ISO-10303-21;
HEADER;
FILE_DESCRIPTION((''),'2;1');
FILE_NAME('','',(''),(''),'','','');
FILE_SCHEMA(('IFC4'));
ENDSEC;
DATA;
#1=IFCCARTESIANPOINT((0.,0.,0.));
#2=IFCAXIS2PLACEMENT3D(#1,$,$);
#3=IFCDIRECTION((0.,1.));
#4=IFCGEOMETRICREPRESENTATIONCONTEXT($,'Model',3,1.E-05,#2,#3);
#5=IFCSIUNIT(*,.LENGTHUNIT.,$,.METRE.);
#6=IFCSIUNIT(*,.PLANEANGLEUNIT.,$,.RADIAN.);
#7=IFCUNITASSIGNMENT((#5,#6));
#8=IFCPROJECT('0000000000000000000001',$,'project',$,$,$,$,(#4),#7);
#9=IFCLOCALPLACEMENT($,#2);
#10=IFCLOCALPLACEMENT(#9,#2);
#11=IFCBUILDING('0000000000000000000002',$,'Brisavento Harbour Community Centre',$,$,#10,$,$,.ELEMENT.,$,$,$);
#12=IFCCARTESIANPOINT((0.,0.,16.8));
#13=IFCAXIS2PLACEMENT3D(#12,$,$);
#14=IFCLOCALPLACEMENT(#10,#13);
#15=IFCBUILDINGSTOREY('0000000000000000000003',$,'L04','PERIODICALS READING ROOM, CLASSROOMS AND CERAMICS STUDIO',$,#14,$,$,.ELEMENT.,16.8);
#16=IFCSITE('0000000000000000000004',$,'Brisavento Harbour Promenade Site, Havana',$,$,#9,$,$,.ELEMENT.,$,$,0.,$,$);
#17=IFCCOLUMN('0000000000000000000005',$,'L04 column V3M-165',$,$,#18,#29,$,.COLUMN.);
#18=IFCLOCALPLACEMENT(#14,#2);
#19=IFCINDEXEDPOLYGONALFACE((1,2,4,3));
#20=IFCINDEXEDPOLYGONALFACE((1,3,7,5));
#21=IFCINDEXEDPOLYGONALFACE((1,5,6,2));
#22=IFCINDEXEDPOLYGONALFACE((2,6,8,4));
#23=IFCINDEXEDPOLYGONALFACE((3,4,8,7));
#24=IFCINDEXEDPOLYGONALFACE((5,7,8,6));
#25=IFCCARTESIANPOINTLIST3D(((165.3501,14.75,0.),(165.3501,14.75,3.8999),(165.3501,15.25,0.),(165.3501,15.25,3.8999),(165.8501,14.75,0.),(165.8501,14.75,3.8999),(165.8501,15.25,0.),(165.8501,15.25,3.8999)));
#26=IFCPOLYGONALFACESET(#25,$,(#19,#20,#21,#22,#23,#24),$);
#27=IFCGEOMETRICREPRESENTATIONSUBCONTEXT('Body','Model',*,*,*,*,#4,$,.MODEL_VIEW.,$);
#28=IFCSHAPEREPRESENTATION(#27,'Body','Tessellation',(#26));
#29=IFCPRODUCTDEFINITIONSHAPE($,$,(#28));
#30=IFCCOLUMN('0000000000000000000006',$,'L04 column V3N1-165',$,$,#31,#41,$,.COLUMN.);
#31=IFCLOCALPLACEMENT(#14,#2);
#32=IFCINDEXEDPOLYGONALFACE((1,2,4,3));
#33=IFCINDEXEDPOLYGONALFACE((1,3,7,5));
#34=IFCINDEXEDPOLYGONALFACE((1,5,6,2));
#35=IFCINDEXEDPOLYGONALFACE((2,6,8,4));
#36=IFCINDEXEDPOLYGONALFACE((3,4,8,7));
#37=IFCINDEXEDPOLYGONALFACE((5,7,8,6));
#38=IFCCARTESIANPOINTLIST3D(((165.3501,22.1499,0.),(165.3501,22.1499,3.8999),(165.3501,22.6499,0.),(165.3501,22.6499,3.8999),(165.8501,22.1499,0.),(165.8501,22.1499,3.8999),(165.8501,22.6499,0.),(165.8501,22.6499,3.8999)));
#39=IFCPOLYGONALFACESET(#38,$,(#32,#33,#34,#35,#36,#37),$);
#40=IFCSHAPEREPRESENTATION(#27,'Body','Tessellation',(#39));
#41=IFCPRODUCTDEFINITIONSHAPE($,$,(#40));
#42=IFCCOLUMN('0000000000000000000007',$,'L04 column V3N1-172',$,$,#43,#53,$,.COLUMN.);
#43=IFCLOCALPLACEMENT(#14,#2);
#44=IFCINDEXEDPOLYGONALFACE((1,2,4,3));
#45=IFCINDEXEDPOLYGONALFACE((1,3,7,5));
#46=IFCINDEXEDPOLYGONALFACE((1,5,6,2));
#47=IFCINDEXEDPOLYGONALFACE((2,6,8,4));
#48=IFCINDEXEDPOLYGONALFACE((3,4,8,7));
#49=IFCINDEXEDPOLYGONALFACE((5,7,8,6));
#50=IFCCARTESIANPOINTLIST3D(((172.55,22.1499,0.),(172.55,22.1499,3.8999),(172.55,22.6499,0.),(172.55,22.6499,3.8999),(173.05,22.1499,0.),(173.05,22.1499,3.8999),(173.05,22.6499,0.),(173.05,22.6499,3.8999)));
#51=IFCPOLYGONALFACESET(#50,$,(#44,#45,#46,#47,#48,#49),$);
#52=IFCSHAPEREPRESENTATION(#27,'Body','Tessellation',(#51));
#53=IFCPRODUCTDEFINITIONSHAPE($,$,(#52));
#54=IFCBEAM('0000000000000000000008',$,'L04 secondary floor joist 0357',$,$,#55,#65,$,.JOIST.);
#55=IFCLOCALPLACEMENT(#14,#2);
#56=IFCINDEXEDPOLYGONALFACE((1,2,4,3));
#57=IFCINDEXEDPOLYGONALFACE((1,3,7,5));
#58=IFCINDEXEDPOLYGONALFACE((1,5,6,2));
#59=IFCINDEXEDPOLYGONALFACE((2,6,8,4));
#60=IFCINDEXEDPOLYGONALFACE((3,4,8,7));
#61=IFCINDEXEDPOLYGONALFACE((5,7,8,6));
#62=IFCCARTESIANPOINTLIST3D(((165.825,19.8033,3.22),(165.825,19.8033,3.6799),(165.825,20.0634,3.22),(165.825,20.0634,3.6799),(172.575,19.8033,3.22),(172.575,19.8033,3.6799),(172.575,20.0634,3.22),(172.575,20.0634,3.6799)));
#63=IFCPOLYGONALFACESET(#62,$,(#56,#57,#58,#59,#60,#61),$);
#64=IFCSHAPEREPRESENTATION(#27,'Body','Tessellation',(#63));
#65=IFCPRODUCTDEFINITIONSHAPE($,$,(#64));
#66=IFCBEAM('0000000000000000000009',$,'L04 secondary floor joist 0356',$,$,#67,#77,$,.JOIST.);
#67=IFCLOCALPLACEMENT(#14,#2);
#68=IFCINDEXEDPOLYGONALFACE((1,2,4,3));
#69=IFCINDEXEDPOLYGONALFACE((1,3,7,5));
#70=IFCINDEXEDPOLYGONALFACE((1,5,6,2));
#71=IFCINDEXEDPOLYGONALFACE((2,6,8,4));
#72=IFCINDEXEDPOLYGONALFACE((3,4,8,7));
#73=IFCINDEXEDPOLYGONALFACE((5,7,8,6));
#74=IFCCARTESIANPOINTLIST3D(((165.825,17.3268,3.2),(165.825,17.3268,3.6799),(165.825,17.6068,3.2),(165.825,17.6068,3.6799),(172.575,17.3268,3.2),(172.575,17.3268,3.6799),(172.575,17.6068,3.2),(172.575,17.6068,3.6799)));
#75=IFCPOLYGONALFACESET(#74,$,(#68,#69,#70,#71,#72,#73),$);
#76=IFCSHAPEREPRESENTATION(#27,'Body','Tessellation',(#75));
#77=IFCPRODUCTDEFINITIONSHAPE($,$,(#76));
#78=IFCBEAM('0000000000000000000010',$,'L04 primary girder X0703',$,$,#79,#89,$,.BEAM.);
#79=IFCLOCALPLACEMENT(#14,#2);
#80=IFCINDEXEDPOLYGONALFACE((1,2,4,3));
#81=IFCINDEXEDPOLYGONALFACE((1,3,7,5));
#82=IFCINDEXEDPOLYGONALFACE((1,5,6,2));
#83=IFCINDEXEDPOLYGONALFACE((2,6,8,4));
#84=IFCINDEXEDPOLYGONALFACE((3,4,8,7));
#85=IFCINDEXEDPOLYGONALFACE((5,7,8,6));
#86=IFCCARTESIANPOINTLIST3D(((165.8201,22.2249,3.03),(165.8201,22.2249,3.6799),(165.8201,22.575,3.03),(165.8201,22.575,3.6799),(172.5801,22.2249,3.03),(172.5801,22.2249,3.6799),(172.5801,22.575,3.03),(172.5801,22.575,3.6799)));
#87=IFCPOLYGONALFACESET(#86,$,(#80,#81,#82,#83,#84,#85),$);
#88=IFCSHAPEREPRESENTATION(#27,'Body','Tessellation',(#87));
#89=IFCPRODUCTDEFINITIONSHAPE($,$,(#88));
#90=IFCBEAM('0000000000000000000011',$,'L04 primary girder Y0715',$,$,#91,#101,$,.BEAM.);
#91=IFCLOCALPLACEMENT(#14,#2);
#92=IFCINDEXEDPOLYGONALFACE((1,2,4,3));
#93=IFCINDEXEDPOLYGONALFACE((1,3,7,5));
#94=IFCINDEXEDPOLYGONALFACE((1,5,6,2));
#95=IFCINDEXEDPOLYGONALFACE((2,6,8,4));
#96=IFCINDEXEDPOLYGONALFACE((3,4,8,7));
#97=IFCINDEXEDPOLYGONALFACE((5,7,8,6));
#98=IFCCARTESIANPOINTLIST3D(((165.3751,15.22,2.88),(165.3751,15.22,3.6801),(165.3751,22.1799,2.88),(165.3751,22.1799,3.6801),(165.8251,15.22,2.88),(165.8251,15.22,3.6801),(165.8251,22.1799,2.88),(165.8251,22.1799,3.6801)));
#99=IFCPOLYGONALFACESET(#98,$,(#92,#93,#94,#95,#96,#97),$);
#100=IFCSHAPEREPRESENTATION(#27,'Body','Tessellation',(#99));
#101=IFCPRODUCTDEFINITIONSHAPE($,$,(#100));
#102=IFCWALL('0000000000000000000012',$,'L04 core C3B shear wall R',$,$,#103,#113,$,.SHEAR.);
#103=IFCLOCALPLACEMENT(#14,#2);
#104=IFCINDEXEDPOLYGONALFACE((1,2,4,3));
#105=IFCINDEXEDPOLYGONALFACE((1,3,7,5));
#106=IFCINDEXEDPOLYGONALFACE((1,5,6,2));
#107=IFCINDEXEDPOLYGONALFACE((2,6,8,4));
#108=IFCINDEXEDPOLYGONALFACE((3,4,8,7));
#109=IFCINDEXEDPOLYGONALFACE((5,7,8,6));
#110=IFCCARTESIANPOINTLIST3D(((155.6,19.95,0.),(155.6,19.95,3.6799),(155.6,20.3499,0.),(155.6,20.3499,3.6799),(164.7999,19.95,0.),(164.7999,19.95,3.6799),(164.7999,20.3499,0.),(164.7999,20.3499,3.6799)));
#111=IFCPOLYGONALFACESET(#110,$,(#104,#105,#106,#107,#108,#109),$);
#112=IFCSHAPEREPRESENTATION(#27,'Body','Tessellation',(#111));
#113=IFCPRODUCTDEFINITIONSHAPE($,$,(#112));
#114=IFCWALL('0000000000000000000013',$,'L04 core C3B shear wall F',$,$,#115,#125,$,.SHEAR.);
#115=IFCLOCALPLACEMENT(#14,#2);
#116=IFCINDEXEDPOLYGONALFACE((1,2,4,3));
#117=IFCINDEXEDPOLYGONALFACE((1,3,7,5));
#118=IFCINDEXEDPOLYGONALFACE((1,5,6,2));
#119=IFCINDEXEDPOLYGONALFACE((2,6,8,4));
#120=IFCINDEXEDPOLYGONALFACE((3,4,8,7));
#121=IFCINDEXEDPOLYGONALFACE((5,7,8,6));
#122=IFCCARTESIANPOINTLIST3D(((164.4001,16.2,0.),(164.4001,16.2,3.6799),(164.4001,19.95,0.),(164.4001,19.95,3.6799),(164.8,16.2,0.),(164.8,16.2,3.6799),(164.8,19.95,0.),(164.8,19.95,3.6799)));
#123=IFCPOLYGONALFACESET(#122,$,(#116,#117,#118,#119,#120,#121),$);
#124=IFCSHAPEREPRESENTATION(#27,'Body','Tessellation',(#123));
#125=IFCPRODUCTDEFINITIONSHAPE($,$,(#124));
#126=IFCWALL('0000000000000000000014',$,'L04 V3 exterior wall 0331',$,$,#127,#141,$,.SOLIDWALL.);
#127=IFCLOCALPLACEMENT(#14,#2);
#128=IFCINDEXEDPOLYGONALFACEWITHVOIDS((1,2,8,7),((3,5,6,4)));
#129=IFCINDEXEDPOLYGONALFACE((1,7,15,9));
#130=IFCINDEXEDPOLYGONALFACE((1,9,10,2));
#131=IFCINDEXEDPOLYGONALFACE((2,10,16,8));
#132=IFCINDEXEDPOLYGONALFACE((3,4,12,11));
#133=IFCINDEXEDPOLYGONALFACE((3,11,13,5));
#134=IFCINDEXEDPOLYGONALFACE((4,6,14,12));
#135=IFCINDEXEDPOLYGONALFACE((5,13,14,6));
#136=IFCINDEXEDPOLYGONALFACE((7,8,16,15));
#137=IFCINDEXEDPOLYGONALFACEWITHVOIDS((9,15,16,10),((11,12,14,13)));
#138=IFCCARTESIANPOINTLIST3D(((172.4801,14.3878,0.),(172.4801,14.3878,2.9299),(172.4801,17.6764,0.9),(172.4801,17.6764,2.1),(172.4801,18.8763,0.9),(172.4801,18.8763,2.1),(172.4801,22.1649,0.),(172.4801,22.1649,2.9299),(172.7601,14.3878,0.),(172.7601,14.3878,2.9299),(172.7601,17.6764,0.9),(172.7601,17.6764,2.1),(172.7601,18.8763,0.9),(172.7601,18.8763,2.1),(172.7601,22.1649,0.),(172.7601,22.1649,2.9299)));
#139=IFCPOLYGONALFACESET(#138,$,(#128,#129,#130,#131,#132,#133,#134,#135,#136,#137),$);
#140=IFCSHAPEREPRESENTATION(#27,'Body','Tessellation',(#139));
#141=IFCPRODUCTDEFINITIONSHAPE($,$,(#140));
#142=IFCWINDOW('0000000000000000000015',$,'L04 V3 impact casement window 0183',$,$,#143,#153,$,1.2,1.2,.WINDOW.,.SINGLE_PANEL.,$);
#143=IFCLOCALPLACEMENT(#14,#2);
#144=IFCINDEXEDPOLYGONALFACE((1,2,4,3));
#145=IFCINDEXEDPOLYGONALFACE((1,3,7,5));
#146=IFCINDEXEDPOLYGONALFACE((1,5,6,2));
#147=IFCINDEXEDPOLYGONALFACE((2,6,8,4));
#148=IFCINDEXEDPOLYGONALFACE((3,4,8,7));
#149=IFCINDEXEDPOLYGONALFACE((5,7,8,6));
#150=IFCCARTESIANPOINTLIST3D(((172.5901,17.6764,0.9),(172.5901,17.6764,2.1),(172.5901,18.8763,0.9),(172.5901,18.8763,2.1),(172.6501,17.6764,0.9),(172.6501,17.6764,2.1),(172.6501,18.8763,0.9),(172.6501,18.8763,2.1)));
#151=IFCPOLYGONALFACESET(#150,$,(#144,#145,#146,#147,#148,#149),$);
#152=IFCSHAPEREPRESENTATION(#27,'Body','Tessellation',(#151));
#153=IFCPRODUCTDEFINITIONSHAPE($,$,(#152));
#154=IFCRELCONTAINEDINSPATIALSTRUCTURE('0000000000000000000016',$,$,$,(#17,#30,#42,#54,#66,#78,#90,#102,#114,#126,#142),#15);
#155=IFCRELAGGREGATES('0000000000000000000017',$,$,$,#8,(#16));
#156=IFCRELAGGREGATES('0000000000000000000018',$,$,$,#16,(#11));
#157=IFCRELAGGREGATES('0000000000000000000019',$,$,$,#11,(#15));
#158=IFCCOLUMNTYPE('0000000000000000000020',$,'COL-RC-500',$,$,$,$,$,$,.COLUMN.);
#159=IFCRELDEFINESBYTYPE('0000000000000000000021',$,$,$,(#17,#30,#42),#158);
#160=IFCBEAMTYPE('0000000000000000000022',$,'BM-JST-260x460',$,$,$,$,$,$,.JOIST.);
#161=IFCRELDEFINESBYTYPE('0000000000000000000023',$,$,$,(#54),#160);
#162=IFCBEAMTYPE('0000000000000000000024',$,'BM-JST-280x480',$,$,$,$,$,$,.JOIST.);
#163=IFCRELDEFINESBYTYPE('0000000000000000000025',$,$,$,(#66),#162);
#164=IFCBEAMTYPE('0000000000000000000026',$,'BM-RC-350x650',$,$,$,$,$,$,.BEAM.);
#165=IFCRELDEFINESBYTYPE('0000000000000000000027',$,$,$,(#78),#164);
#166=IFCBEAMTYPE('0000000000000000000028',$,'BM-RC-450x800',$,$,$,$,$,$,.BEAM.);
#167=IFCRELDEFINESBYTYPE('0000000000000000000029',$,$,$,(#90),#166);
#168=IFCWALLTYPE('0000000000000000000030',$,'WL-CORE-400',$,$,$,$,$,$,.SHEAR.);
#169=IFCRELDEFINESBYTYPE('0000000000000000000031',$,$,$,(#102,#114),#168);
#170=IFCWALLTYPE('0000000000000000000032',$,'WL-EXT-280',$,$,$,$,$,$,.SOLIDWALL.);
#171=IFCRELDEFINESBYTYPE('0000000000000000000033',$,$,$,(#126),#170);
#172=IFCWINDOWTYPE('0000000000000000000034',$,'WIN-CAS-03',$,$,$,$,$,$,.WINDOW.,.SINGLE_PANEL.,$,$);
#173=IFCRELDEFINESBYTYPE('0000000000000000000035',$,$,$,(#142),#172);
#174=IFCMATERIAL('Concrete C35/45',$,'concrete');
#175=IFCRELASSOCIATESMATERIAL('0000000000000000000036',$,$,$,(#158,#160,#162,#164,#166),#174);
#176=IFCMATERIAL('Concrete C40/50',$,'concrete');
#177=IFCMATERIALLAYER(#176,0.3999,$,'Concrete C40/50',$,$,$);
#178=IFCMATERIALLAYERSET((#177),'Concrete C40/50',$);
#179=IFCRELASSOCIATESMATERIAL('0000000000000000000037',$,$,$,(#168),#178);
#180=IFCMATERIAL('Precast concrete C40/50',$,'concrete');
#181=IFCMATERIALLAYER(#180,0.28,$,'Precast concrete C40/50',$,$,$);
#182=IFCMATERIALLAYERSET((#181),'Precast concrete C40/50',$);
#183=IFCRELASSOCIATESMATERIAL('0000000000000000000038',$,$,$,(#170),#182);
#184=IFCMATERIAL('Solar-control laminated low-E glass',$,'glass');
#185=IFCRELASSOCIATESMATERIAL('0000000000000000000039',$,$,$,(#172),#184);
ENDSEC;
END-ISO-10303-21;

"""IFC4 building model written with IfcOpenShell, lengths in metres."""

from ifc_helpers import new_model, si_unit, direction, frame, frame_2d, origin, origin_2d, place, context, subcontext, project, spatial, rectangle, extrude, material, layer, layer_set, material_profile, profile_set, type_object, element, fill, save


model = new_model("IFC4")

# Units and contexts
model_context = context("Model", 3, precision=1e-05, world=origin(), true_north=direction((0.0, 1.0)))
body_context = subcontext(model_context, "Body", "Model", "MODEL_VIEW")
ifc_project = project(units=[si_unit("LENGTHUNIT", "METRE"), si_unit("PLANEANGLEUNIT", "RADIAN")], contexts=[model_context])

# Site, building, storey
site_placement = place(None, origin())
site = spatial("IfcSite", under=ifc_project, at=site_placement, Name="Brisavento Harbour Promenade Site, Havana", CompositionType="ELEMENT", RefElevation=0.0)
building_placement = place(site_placement, origin())
building = spatial("IfcBuilding", under=site, at=building_placement, Name="Brisavento Harbour Community Centre", CompositionType="ELEMENT")
storey_placement = place(building_placement, frame((0.0, 0.0, 16.8)))
storey = spatial("IfcBuildingStorey", under=building, at=storey_placement, Name="L04", Description="PERIODICALS READING ROOM, CLASSROOMS AND CERAMICS STUDIO", CompositionType="ELEMENT", Elevation=16.8)

# Columns
ifc_material_1 = material(Name="Concrete C35/45", Category="concrete")
ifc_material_profile_1 = material_profile(ifc_material_1, rectangle(XDim=0.5, YDim=0.5, at=origin_2d()), Name="Concrete C35/45")
ifc_profile_set_1 = profile_set([ifc_material_profile_1], Name="Concrete C35/45")
column_type = type_object("IfcColumnType", Name="COL-RC-500", PredefinedType="COLUMN", material=ifc_profile_set_1)
for number, where, z_axis, x_axis, name in (
    (1, (165.6001, 15.0, 0.0), (0.0, 0.0, 1.0), (1.0, 0.0, 0.0), "L04 column V3M-165"),
    (2, (165.6001, 22.3999, 0.0), (0.0, 0.0, 1.0), (1.0, 0.0, 0.0), "L04 column V3N1-165"),
    (3, (172.8, 22.3999, 0.0), (0.0, 0.0, 1.0), (1.0, 0.0, 0.0), "L04 column V3N1-172"),
):
    element("IfcColumn", number, at=place(storey_placement, frame(where, z_axis=z_axis, x_axis=x_axis)), inside=storey, type_object=column_type, Name=name, PredefinedType="COLUMN", context=body_context, shape_type="SweptSolid", body=[
        extrude(rectangle(XDim=0.5, YDim=0.5, at=origin_2d()), origin(), (0.0, 0.0, 1.0), 3.8999),
    ])

# Beams
ifc_material_profile_2 = material_profile(ifc_material_1, rectangle(XDim=0.26, YDim=0.46, at=origin_2d()), Name="Concrete C35/45")
ifc_profile_set_2 = profile_set([ifc_material_profile_2], Name="Concrete C35/45")
beam_type_1 = type_object("IfcBeamType", Name="BM-JST-260x460", PredefinedType="JOIST", material=ifc_profile_set_2)
beam_1_placement = place(storey_placement, frame((165.825, 19.9333, 3.45), z_axis=(1.0, 0.0, 0.0), x_axis=(0.0, 1.0, 0.0)))
element("IfcBeam", 4, at=beam_1_placement, inside=storey, type_object=beam_type_1, Name="L04 secondary floor joist 0357", PredefinedType="JOIST", context=body_context, shape_type="SweptSolid", body=[
    extrude(rectangle(XDim=0.26, YDim=0.46, at=origin_2d()), origin(), (0.0, 0.0, 1.0), 6.75),
])
ifc_material_profile_3 = material_profile(ifc_material_1, rectangle(XDim=0.28, YDim=0.48, at=origin_2d()), Name="Concrete C35/45")
ifc_profile_set_3 = profile_set([ifc_material_profile_3], Name="Concrete C35/45")
beam_type_2 = type_object("IfcBeamType", Name="BM-JST-280x480", PredefinedType="JOIST", material=ifc_profile_set_3)
beam_2_placement = place(storey_placement, frame((165.825, 17.4668, 3.4399), z_axis=(1.0, 0.0, 0.0), x_axis=(0.0, 1.0, 0.0)))
element("IfcBeam", 5, at=beam_2_placement, inside=storey, type_object=beam_type_2, Name="L04 secondary floor joist 0356", PredefinedType="JOIST", context=body_context, shape_type="SweptSolid", body=[
    extrude(rectangle(XDim=0.28, YDim=0.48, at=origin_2d()), origin(), (0.0, 0.0, 1.0), 6.75),
])
ifc_material_profile_4 = material_profile(ifc_material_1, rectangle(XDim=0.3501, YDim=0.6499, at=origin_2d()), Name="Concrete C35/45")
ifc_profile_set_4 = profile_set([ifc_material_profile_4], Name="Concrete C35/45")
beam_type_3 = type_object("IfcBeamType", Name="BM-RC-350x650", PredefinedType="BEAM", material=ifc_profile_set_4)
beam_3_placement = place(storey_placement, frame((165.8201, 22.3999, 3.355), z_axis=(1.0, 0.0, 0.0), x_axis=(0.0, 1.0, 0.0)))
element("IfcBeam", 6, at=beam_3_placement, inside=storey, type_object=beam_type_3, Name="L04 primary girder X0703", PredefinedType="BEAM", context=body_context, shape_type="SweptSolid", body=[
    extrude(rectangle(XDim=0.3501, YDim=0.6499, at=origin_2d()), origin(), (0.0, 0.0, 1.0), 6.76),
])
ifc_material_profile_5 = material_profile(ifc_material_1, rectangle(XDim=0.45, YDim=0.8, at=origin_2d()), Name="Concrete C35/45")
ifc_profile_set_5 = profile_set([ifc_material_profile_5], Name="Concrete C35/45")
beam_type_4 = type_object("IfcBeamType", Name="BM-RC-450x800", PredefinedType="BEAM", material=ifc_profile_set_5)
beam_4_placement = place(storey_placement, frame((165.6001, 15.22, 3.28), z_axis=(0.0, 1.0, 0.0), x_axis=(-1.0, 0.0, 0.0)))
element("IfcBeam", 7, at=beam_4_placement, inside=storey, type_object=beam_type_4, Name="L04 primary girder Y0715", PredefinedType="BEAM", context=body_context, shape_type="SweptSolid", body=[
    extrude(rectangle(XDim=0.45, YDim=0.8, at=origin_2d()), origin(), (0.0, 0.0, 1.0), 6.96),
])

# Walls
ifc_material_2 = material(Name="Concrete C40/50", Category="concrete")
ifc_layer_1 = layer(ifc_material_2, 0.3999, Name="Concrete C40/50")
ifc_layer_set_1 = layer_set([ifc_layer_1], Name="Concrete C40/50")
wall_type_1 = type_object("IfcWallType", Name="WL-CORE-400", PredefinedType="SHEAR", material=ifc_layer_set_1)
wall_1_placement = place(storey_placement, frame((164.8, 20.1499, 0.0), z_axis=(0.0, 0.0, 1.0), x_axis=(-1.0, 0.0, 0.0)))
element("IfcWall", 8, at=wall_1_placement, inside=storey, type_object=wall_type_1, Name="L04 core C3B shear wall R", PredefinedType="SHEAR", context=body_context, shape_type="SweptSolid", body=[
    extrude(rectangle(XDim=9.2, YDim=0.3999, at=frame_2d((4.6001, 0.0))), origin(), (0.0, 0.0, 1.0), 3.6799),
])
wall_2_placement = place(storey_placement, frame((164.6001, 16.2, 0.0), z_axis=(0.0, 0.0, 1.0), x_axis=(0.0, 1.0, 0.0)))
element("IfcWall", 9, at=wall_2_placement, inside=storey, type_object=wall_type_1, Name="L04 core C3B shear wall F", PredefinedType="SHEAR", context=body_context, shape_type="SweptSolid", body=[
    extrude(rectangle(XDim=3.75, YDim=0.3999, at=frame_2d((1.875, 0.0))), origin(), (0.0, 0.0, 1.0), 3.6799),
])

# Wall, opening, window
ifc_material_3 = material(Name="Precast concrete C40/50", Category="concrete")
ifc_layer_2 = layer(ifc_material_3, 0.28, Name="Precast concrete C40/50")
ifc_layer_set_2 = layer_set([ifc_layer_2], Name="Precast concrete C40/50")
wall_type_2 = type_object("IfcWallType", Name="WL-EXT-280", PredefinedType="SOLIDWALL", material=ifc_layer_set_2)
wall_3_placement = place(storey_placement, frame((172.6201, 22.165, 0.0), z_axis=(0.0, 0.0, 1.0), x_axis=(0.0, -1.0, 0.0)))
wall_3 = element("IfcWall", 10, at=wall_3_placement, inside=storey, type_object=wall_type_2, Name="L04 V3 exterior wall 0331", PredefinedType="SOLIDWALL", context=body_context, shape_type="SweptSolid", body=[
    extrude(rectangle(XDim=7.7771, YDim=0.28, at=frame_2d((3.8887, 0.0))), origin(), (0.0, 0.0, 1.0), 2.9299),
])
opening_1_placement = place(wall_3_placement, frame((3.2886, 0.0, 0.8999)))
opening_1 = element("IfcOpeningElement", 11, at=opening_1_placement, cuts=wall_3, PredefinedType="OPENING", context=body_context, shape_type="SweptSolid", body=[
    extrude(rectangle(XDim=1.2, YDim=1.2, at=frame_2d((0.6001, 0.6001))), frame((0.0, 0.1499, 0.0), z_axis=(0.0, -1.0, 0.0), x_axis=(1.0, 0.0, 0.0)), (0.0, 0.0, 1.0), 0.3),
])
ifc_material_4 = material(Name="Solar-control laminated low-E glass", Category="glass")
window_type_1 = type_object("IfcWindowType", Name="WIN-CAS-03", PartitioningType="SINGLE_PANEL", PredefinedType="WINDOW", material=ifc_material_4)
window_1_placement = place(opening_1_placement, origin())
window_1 = element("IfcWindow", 12, at=window_1_placement, inside=storey, type_object=window_type_1, Name="L04 V3 impact casement window 0183", OverallHeight=1.2, OverallWidth=1.2, PartitioningType="SINGLE_PANEL", PredefinedType="WINDOW", context=body_context, shape_type="SweptSolid", body=[
    extrude(rectangle(XDim=1.2, YDim=1.2, at=frame_2d((0.6001, 0.6001))), frame((0.0, 0.03, 0.0), z_axis=(0.0, -1.0, 0.0), x_axis=(1.0, 0.0, 0.0)), (0.0, 0.0, 1.0), 0.0601),
])
fill(opening_1, window_1)

save(model, "model.ifc")
